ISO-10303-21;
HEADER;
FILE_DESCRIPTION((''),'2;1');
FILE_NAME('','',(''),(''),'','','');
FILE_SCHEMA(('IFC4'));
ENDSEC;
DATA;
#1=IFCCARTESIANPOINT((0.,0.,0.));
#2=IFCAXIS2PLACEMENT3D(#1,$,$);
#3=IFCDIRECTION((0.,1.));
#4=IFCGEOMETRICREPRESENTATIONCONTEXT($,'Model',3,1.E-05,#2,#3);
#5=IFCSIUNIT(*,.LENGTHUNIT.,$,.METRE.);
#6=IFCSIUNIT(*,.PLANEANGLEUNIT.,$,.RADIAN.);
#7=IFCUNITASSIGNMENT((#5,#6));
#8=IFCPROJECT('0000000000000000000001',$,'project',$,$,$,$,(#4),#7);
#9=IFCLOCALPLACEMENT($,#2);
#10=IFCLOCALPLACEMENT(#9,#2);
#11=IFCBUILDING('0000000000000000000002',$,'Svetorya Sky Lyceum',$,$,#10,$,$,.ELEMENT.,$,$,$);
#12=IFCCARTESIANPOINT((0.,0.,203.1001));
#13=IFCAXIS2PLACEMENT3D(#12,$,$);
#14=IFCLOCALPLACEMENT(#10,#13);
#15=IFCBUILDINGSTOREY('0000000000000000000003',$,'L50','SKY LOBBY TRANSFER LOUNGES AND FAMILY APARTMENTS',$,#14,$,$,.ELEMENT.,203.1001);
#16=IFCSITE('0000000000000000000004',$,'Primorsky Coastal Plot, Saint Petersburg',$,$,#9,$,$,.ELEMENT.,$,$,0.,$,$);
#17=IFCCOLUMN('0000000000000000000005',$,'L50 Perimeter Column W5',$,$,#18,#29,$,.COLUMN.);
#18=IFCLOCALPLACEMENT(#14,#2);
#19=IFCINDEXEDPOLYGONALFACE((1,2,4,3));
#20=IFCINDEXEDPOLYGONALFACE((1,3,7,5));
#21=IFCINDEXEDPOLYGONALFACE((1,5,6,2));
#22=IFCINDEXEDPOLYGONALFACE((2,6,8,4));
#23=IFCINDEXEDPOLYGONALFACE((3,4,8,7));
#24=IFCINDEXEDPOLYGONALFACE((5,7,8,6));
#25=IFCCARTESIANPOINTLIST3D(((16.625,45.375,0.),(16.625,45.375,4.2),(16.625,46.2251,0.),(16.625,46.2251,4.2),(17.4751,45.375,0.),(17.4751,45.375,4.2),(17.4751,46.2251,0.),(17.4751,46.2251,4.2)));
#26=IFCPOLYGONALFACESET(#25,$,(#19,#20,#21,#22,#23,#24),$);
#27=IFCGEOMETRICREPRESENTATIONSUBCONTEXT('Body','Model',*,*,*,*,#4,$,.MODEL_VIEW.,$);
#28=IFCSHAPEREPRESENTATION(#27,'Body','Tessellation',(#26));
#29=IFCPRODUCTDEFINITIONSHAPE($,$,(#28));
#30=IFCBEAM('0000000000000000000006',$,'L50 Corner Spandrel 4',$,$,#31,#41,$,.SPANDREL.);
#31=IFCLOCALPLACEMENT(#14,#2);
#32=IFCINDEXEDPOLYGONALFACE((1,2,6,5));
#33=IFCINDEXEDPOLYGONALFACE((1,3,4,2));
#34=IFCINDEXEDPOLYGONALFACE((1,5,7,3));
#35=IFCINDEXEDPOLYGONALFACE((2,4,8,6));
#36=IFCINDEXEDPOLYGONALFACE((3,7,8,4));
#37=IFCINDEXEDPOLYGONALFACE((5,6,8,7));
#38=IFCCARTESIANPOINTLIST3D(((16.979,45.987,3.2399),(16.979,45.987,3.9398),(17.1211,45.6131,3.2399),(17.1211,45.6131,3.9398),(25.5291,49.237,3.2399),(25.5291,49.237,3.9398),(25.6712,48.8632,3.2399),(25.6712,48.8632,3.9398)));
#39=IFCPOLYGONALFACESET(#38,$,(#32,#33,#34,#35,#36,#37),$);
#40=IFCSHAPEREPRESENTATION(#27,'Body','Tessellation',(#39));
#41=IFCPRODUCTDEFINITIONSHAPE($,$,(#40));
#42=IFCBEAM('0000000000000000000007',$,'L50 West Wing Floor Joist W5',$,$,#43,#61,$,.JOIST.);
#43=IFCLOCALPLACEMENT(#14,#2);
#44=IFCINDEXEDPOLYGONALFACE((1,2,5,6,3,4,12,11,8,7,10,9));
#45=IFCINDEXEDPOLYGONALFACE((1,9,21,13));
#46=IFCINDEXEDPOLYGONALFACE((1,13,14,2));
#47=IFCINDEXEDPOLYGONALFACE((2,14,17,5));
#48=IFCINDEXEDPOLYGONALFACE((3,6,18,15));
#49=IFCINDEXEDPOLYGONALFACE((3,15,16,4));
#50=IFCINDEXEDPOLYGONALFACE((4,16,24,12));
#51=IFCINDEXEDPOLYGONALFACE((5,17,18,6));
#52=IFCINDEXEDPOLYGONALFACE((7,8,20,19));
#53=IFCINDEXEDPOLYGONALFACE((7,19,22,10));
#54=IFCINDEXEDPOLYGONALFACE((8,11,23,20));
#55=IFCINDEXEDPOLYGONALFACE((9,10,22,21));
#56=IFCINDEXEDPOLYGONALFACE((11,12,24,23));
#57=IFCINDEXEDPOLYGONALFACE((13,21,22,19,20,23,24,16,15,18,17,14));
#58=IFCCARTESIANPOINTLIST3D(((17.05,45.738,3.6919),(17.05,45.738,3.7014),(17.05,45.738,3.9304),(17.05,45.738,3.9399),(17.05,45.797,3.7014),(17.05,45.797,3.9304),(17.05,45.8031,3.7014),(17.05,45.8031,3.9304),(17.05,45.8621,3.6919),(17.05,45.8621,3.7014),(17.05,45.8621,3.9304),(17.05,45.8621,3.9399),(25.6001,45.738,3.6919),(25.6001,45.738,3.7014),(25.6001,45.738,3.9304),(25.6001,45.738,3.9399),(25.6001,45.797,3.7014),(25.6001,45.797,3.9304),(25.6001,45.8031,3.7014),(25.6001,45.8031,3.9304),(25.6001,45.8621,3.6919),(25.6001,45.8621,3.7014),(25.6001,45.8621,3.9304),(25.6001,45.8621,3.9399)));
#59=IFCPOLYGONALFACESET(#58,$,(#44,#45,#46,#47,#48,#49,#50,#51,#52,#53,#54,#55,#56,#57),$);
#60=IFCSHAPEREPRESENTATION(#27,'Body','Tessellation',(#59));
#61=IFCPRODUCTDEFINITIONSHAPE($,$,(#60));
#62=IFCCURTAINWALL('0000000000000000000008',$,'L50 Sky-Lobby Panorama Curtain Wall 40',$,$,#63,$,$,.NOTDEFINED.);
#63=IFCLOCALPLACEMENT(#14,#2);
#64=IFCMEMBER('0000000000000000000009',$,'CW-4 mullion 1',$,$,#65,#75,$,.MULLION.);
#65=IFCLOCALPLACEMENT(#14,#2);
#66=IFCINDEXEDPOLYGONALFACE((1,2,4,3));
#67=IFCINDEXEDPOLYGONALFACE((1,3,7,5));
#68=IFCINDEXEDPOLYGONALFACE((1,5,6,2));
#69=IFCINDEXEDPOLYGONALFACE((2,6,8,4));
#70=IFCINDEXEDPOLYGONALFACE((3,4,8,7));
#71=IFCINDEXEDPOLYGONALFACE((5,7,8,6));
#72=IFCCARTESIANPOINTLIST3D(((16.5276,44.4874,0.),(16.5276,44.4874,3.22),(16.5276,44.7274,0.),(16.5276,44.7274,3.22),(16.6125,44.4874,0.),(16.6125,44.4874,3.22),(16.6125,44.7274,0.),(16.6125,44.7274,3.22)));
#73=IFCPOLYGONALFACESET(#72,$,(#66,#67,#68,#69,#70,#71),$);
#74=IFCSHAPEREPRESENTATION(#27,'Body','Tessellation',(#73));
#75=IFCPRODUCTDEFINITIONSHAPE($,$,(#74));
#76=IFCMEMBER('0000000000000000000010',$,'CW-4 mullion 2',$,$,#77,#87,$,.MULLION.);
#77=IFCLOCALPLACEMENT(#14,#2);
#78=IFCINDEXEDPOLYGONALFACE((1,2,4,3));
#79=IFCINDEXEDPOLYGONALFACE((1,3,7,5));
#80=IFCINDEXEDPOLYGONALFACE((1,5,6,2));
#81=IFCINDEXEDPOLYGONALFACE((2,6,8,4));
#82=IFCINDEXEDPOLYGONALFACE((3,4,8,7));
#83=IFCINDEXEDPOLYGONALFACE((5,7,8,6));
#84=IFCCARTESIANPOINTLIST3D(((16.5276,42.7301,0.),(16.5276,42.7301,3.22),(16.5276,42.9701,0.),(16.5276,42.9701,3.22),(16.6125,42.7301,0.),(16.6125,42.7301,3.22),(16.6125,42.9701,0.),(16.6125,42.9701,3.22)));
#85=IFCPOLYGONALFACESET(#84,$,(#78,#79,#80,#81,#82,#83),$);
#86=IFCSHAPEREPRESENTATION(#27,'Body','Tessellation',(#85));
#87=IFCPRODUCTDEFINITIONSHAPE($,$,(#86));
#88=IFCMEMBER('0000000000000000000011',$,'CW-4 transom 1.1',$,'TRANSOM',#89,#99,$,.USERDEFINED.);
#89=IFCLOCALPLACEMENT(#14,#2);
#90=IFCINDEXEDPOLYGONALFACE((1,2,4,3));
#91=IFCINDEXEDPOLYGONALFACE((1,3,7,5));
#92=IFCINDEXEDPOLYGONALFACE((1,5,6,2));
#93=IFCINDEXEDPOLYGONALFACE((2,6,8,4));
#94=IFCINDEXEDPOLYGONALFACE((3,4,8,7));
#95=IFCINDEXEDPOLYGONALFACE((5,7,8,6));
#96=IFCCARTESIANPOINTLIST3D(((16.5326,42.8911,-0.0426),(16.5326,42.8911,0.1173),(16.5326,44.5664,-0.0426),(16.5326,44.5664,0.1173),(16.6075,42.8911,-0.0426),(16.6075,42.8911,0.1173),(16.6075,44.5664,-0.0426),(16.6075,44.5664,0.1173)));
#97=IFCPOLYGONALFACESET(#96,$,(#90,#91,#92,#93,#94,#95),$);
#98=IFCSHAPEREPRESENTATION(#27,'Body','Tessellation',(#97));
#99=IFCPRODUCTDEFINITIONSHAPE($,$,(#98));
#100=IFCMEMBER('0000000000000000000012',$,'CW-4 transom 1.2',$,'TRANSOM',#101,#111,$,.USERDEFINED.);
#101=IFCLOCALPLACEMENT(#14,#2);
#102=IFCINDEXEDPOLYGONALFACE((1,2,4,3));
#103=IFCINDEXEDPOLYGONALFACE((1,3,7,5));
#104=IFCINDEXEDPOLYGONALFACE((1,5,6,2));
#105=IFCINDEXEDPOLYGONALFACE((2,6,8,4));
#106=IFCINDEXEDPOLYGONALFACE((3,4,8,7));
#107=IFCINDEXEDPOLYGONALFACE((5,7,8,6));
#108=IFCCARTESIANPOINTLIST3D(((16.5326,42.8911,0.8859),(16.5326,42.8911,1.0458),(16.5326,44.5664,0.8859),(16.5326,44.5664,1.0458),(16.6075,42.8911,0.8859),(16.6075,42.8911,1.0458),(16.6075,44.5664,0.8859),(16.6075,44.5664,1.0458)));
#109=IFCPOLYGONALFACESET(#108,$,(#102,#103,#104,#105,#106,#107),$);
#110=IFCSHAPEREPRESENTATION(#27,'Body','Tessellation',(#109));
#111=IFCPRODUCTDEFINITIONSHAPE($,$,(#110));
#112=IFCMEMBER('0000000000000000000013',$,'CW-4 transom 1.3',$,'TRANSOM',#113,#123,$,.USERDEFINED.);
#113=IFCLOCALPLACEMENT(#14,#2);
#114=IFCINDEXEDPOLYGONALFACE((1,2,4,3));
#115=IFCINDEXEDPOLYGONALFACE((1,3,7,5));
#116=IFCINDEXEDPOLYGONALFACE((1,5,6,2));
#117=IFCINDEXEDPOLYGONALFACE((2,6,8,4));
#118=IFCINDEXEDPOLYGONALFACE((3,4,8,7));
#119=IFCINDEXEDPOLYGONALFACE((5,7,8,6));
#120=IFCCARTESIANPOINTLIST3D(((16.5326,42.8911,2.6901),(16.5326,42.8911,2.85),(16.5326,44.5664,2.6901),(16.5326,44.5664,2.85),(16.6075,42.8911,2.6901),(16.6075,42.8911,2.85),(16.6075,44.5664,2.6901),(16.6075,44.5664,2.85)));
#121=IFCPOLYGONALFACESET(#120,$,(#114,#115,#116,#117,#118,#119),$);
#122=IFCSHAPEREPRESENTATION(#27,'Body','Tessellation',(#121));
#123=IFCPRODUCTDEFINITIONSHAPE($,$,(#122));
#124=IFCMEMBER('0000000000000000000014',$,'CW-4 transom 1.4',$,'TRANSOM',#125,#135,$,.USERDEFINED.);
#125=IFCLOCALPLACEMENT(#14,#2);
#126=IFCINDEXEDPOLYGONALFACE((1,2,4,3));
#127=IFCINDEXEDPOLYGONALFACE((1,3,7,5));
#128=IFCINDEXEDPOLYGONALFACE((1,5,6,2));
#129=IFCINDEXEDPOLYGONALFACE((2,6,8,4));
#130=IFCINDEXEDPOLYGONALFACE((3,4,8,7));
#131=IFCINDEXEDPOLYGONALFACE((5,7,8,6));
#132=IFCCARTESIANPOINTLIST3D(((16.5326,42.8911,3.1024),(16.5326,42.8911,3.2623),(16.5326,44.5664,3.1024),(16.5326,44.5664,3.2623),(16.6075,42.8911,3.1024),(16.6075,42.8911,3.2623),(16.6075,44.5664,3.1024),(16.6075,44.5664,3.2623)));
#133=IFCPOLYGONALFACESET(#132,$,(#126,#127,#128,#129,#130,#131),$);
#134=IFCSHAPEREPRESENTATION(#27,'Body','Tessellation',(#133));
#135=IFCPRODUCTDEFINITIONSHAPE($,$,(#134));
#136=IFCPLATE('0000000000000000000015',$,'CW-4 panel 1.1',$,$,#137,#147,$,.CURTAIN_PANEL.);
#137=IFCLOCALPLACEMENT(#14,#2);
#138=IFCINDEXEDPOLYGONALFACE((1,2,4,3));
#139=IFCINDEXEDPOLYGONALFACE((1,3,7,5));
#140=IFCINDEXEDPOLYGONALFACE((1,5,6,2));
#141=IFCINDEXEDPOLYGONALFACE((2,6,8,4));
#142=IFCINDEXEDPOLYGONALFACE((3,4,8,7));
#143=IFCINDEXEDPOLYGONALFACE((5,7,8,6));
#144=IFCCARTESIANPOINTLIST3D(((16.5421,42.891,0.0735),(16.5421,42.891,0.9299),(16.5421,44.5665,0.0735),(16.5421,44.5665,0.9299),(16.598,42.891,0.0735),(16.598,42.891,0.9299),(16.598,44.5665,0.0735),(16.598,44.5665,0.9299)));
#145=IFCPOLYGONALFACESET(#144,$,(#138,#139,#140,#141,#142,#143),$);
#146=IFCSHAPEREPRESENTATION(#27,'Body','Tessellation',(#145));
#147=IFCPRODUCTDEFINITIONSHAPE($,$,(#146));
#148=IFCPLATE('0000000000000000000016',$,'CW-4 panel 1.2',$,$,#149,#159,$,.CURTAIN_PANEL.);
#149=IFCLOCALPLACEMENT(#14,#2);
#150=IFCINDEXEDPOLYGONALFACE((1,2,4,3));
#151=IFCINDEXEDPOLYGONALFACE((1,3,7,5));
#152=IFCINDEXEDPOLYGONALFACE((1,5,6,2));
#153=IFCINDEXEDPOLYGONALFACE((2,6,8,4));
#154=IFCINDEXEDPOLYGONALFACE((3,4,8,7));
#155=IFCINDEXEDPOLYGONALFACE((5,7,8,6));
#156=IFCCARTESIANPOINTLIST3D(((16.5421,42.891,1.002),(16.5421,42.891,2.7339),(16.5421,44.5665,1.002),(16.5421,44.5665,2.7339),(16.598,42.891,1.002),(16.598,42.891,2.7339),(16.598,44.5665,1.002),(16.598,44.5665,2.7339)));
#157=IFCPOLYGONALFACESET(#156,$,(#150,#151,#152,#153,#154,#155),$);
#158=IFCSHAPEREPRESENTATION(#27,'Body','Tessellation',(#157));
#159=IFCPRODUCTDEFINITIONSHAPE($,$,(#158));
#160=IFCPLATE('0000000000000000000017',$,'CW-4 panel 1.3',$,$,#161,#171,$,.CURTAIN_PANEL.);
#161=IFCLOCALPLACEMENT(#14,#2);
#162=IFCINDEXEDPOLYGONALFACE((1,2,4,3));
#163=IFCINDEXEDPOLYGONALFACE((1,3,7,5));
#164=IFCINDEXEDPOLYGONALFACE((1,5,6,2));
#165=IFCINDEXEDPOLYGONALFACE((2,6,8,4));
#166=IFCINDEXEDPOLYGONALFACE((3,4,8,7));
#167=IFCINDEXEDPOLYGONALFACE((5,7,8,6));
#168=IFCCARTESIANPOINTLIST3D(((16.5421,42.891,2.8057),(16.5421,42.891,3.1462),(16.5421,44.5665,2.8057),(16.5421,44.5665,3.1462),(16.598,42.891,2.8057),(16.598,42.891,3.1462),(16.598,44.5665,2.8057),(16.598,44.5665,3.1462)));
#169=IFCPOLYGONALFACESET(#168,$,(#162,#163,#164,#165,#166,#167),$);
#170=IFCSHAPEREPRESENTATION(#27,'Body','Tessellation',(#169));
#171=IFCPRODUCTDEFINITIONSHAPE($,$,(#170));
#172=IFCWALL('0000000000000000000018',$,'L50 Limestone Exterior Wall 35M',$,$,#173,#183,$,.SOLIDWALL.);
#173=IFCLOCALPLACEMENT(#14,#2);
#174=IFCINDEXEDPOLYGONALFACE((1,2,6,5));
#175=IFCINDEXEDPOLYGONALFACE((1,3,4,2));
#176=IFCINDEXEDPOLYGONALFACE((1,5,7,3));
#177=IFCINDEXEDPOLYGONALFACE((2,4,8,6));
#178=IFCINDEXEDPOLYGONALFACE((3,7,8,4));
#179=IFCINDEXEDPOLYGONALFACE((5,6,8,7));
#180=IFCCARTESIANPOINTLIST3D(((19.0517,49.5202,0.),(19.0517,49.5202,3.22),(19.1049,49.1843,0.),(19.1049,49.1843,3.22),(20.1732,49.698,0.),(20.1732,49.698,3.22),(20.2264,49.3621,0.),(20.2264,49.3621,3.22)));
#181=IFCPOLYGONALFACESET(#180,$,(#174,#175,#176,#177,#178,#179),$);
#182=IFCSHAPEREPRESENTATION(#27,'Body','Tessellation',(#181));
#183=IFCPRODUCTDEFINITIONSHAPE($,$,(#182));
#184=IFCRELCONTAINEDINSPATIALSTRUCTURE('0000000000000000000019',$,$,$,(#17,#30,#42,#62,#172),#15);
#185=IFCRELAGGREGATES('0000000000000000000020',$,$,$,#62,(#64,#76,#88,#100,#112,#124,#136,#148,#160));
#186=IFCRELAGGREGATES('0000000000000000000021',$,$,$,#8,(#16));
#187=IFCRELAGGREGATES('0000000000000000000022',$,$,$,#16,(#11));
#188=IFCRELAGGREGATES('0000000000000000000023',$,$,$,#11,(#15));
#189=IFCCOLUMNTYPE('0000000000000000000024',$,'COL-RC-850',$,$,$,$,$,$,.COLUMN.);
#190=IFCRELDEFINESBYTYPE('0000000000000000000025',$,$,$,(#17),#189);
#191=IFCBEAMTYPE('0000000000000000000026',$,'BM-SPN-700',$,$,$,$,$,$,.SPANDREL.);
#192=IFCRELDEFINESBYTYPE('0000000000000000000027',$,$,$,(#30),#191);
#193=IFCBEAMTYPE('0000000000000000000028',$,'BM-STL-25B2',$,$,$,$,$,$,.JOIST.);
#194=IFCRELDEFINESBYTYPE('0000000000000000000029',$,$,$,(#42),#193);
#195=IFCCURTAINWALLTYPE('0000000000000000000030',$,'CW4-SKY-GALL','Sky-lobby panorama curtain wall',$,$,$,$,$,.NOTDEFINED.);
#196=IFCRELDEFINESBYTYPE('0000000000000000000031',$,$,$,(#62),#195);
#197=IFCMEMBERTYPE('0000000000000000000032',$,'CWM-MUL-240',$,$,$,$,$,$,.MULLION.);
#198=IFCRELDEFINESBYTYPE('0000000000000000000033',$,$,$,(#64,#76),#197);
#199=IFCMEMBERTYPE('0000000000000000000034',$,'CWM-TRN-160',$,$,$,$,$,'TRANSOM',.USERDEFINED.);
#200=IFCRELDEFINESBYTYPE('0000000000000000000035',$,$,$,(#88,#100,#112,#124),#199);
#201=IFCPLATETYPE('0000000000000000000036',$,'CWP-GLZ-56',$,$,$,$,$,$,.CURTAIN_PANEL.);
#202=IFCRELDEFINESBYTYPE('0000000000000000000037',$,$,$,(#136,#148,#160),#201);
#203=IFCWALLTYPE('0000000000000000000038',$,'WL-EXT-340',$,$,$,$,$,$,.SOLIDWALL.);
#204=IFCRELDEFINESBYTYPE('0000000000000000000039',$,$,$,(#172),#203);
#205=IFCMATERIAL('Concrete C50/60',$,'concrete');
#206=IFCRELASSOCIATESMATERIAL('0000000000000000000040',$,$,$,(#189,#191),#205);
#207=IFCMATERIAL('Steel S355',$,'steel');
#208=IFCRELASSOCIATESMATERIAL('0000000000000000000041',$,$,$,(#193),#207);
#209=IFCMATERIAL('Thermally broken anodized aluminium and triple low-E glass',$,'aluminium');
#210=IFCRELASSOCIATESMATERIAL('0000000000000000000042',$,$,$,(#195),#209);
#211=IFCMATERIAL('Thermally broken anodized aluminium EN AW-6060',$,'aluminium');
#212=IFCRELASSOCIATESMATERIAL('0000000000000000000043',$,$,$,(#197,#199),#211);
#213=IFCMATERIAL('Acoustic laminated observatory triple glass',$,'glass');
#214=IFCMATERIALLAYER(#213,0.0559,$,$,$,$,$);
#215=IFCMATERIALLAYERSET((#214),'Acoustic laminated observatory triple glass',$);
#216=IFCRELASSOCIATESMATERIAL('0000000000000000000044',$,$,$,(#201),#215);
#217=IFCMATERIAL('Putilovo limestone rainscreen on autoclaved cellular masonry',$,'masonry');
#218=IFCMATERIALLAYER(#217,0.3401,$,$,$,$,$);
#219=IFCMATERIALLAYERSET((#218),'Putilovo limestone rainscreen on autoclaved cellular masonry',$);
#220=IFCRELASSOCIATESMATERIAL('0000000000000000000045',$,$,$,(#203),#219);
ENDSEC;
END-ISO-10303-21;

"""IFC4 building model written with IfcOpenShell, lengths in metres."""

from ifc_helpers import new_model, si_unit, direction, frame, frame_2d, origin, origin_2d, place, context, subcontext, project, spatial, rectangle, i_section, extrude, material, layer, layer_set, material_profile, profile_set, type_object, element, aggregate, save


model = new_model("IFC4")

# Units and contexts
model_context = context("Model", 3, precision=1e-05, world=origin(), true_north=direction((0.0, 1.0)))
body_context = subcontext(model_context, "Body", "Model", "MODEL_VIEW")
ifc_project = project(units=[si_unit("LENGTHUNIT", "METRE"), si_unit("PLANEANGLEUNIT", "RADIAN")], contexts=[model_context])

# Site, building, storey
site_placement = place(None, origin())
site = spatial("IfcSite", under=ifc_project, at=site_placement, Name="Primorsky Coastal Plot, Saint Petersburg", CompositionType="ELEMENT", RefElevation=0.0)
building_placement = place(site_placement, origin())
building = spatial("IfcBuilding", under=site, at=building_placement, Name="Svetorya Sky Lyceum", CompositionType="ELEMENT")
storey_placement = place(building_placement, frame((0.0, 0.0, 203.1001)))
storey = spatial("IfcBuildingStorey", under=building, at=storey_placement, Name="L50", Description="SKY LOBBY TRANSFER LOUNGES AND FAMILY APARTMENTS", CompositionType="ELEMENT", Elevation=203.1001)

# Column
ifc_material_1 = material(Name="Concrete C50/60", Category="concrete")
ifc_material_profile_1 = material_profile(ifc_material_1, rectangle(XDim=0.8501, YDim=0.8501, at=origin_2d()), Name="RC COL 850x850")
ifc_profile_set_1 = profile_set([ifc_material_profile_1], Name="Concrete C50/60")
column_type = type_object("IfcColumnType", Name="COL-RC-850", PredefinedType="COLUMN", material=ifc_profile_set_1)
column_placement = place(storey_placement, frame((17.05, 45.8, 0.0), z_axis=(0.0, 0.0, 1.0), x_axis=(1.0, 0.0, 0.0)))
element("IfcColumn", 1, at=column_placement, inside=storey, type_object=column_type, Name="L50 Perimeter Column W5", PredefinedType="COLUMN", context=body_context, shape_type="SweptSolid", body=[
    extrude(rectangle(XDim=0.8501, YDim=0.8501, at=origin_2d()), origin(), (0.0, 0.0, 1.0), 4.2),
])

# Beams
ifc_material_profile_2 = material_profile(ifc_material_1, rectangle(XDim=0.3999, YDim=0.7, at=origin_2d()), Name="RC SPANDREL 400x700")
ifc_profile_set_2 = profile_set([ifc_material_profile_2], Name="Concrete C50/60")
beam_type_1 = type_object("IfcBeamType", Name="BM-SPN-700", PredefinedType="SPANDREL", material=ifc_profile_set_2)
beam_1_placement = place(storey_placement, frame((17.05, 45.8, 3.5898), z_axis=(0.934748, 0.355312, 0.0), x_axis=(-0.355312, 0.934748, 0.0)))
element("IfcBeam", 2, at=beam_1_placement, inside=storey, type_object=beam_type_1, Name="L50 Corner Spandrel 4", PredefinedType="SPANDREL", context=body_context, shape_type="SweptSolid", body=[
    extrude(rectangle(XDim=0.3999, YDim=0.7, at=origin_2d()), origin(), (0.0, 0.0, 1.0), 9.147),
])
ifc_material_2 = material(Name="Steel S355", Category="steel")
ifc_material_profile_3 = material_profile(ifc_material_2, i_section(OverallWidth=0.124, OverallDepth=0.248, WebThickness=0.0061, FlangeThickness=0.0095, at=origin_2d()), Name="GOST 25B2")
ifc_profile_set_3 = profile_set([ifc_material_profile_3], Name="Steel S355")
beam_type_2 = type_object("IfcBeamType", Name="BM-STL-25B2", PredefinedType="JOIST", material=ifc_profile_set_3)
beam_2_placement = place(storey_placement, frame((17.05, 45.8, 3.8159), z_axis=(1.0, 0.0, 0.0), x_axis=(0.0, 1.0, 0.0)))
element("IfcBeam", 3, at=beam_2_placement, inside=storey, type_object=beam_type_2, Name="L50 West Wing Floor Joist W5", PredefinedType="JOIST", context=body_context, shape_type="SweptSolid", body=[
    extrude(i_section(OverallWidth=0.124, OverallDepth=0.248, WebThickness=0.0061, FlangeThickness=0.0095, at=origin_2d()), origin(), (0.0, 0.0, 1.0), 8.55),
])

# Curtain wall, members, plates
ifc_material_3 = material(Name="Thermally broken anodized aluminium and triple low-E glass", Category="aluminium")
curtain_wall_type = type_object("IfcCurtainWallType", Name="CW4-SKY-GALL", Description="Sky-lobby panorama curtain wall", PredefinedType="NOTDEFINED", material=ifc_material_3)
curtain_wall_placement = place(storey_placement, origin())
curtain_wall = element("IfcCurtainWall", 4, at=curtain_wall_placement, inside=storey, type_object=curtain_wall_type, Name="L50 Sky-Lobby Panorama Curtain Wall 40", PredefinedType="NOTDEFINED")
ifc_material_4 = material(Name="Thermally broken anodized aluminium EN AW-6060", Category="aluminium")
ifc_material_profile_4 = material_profile(ifc_material_4, rectangle(XDim=0.085, YDim=0.24, at=origin_2d()), Name="ALU MULLION 85x240")
ifc_profile_set_4 = profile_set([ifc_material_profile_4], Name="Thermally broken anodized aluminium EN AW-6060")
member_type_1 = type_object("IfcMemberType", Name="CWM-MUL-240", PredefinedType="MULLION", material=ifc_profile_set_4)
member_1_placement = place(storey_placement, frame((16.5701, 44.6074, 0.0), z_axis=(0.0, 0.0, 1.0), x_axis=(1.0, 0.0, 0.0)))
member_1 = element("IfcMember", 5, at=member_1_placement, type_object=member_type_1, Name="CW-4 mullion 1", PredefinedType="MULLION", context=body_context, shape_type="SweptSolid", body=[
    extrude(rectangle(XDim=0.085, YDim=0.24, at=origin_2d()), origin(), (0.0, 0.0, 1.0), 3.22),
])
member_2_placement = place(storey_placement, frame((16.5701, 42.8501, 0.0), z_axis=(0.0, 0.0, 1.0), x_axis=(1.0, 0.0, 0.0)))
member_2 = element("IfcMember", 6, at=member_2_placement, type_object=member_type_1, Name="CW-4 mullion 2", PredefinedType="MULLION", context=body_context, shape_type="SweptSolid", body=[
    extrude(rectangle(XDim=0.085, YDim=0.24, at=origin_2d()), origin(), (0.0, 0.0, 1.0), 3.22),
])
ifc_material_profile_5 = material_profile(ifc_material_4, rectangle(XDim=0.075, YDim=0.1599, at=origin_2d()), Name="ALU TRANSOM 75x160")
ifc_profile_set_5 = profile_set([ifc_material_profile_5], Name="Thermally broken anodized aluminium EN AW-6060")
member_type_2 = type_object("IfcMemberType", Name="CWM-TRN-160", ElementType="TRANSOM", PredefinedType="USERDEFINED", material=ifc_profile_set_5)
member_3_placement = place(storey_placement, frame((16.5701, 44.5664, 0.0374), z_axis=(0.0, -1.0, 0.0), x_axis=(1.0, 0.0, 0.0)))
member_3 = element("IfcMember", 7, at=member_3_placement, type_object=member_type_2, Name="CW-4 transom 1.1", ObjectType="TRANSOM", PredefinedType="USERDEFINED", context=body_context, shape_type="SweptSolid", body=[
    extrude(rectangle(XDim=0.075, YDim=0.1599, at=origin_2d()), origin(), (0.0, 0.0, 1.0), 1.6753),
])
member_4_placement = place(storey_placement, frame((16.5701, 44.5664, 0.9658), z_axis=(0.0, -1.0, 0.0), x_axis=(1.0, 0.0, 0.0)))
member_4 = element("IfcMember", 8, at=member_4_placement, type_object=member_type_2, Name="CW-4 transom 1.2", ObjectType="TRANSOM", PredefinedType="USERDEFINED", context=body_context, shape_type="SweptSolid", body=[
    extrude(rectangle(XDim=0.075, YDim=0.1599, at=origin_2d()), origin(), (0.0, 0.0, 1.0), 1.6753),
])
member_5_placement = place(storey_placement, frame((16.5701, 44.5664, 2.77), z_axis=(0.0, -1.0, 0.0), x_axis=(1.0, 0.0, 0.0)))
member_5 = element("IfcMember", 9, at=member_5_placement, type_object=member_type_2, Name="CW-4 transom 1.3", ObjectType="TRANSOM", PredefinedType="USERDEFINED", context=body_context, shape_type="SweptSolid", body=[
    extrude(rectangle(XDim=0.075, YDim=0.1599, at=origin_2d()), origin(), (0.0, 0.0, 1.0), 1.6753),
])
member_6_placement = place(storey_placement, frame((16.5701, 44.5664, 3.1824), z_axis=(0.0, -1.0, 0.0), x_axis=(1.0, 0.0, 0.0)))
member_6 = element("IfcMember", 10, at=member_6_placement, type_object=member_type_2, Name="CW-4 transom 1.4", ObjectType="TRANSOM", PredefinedType="USERDEFINED", context=body_context, shape_type="SweptSolid", body=[
    extrude(rectangle(XDim=0.075, YDim=0.1599, at=origin_2d()), origin(), (0.0, 0.0, 1.0), 1.6753),
])
ifc_material_5 = material(Name="Acoustic laminated observatory triple glass", Category="glass")
ifc_layer_1 = layer(ifc_material_5, 0.0559)
ifc_layer_set_1 = layer_set([ifc_layer_1], Name="Acoustic laminated observatory triple glass")
plate_type = type_object("IfcPlateType", Name="CWP-GLZ-56", PredefinedType="CURTAIN_PANEL", material=ifc_layer_set_1)
plate_1_placement = place(storey_placement, frame((16.5701, 43.7288, 0.0735), z_axis=(0.0, 0.0, 1.0), x_axis=(0.0, -1.0, 0.0)))
plate_1 = element("IfcPlate", 11, at=plate_1_placement, type_object=plate_type, Name="CW-4 panel 1.1", PredefinedType="CURTAIN_PANEL", context=body_context, shape_type="SweptSolid", body=[
    extrude(rectangle(XDim=1.6755, YDim=0.0559, at=origin_2d()), origin(), (0.0, 0.0, 1.0), 0.8564),
])
plate_2_placement = place(storey_placement, frame((16.5701, 43.7288, 1.002), z_axis=(0.0, 0.0, 1.0), x_axis=(0.0, -1.0, 0.0)))
plate_2 = element("IfcPlate", 12, at=plate_2_placement, type_object=plate_type, Name="CW-4 panel 1.2", PredefinedType="CURTAIN_PANEL", context=body_context, shape_type="SweptSolid", body=[
    extrude(rectangle(XDim=1.6755, YDim=0.0559, at=origin_2d()), origin(), (0.0, 0.0, 1.0), 1.7319),
])
plate_3_placement = place(storey_placement, frame((16.5701, 43.7288, 2.8057), z_axis=(0.0, 0.0, 1.0), x_axis=(0.0, -1.0, 0.0)))
plate_3 = element("IfcPlate", 13, at=plate_3_placement, type_object=plate_type, Name="CW-4 panel 1.3", PredefinedType="CURTAIN_PANEL", context=body_context, shape_type="SweptSolid", body=[
    extrude(rectangle(XDim=1.6755, YDim=0.0559, at=origin_2d()), origin(), (0.0, 0.0, 1.0), 0.3406),
])
aggregate(curtain_wall, [member_1, member_2, member_3, member_4, member_5, member_6, plate_1, plate_2, plate_3])

# Wall
ifc_material_6 = material(Name="Putilovo limestone rainscreen on autoclaved cellular masonry", Category="masonry")
ifc_layer_2 = layer(ifc_material_6, 0.3401)
ifc_layer_set_2 = layer_set([ifc_layer_2], Name="Putilovo limestone rainscreen on autoclaved cellular masonry")
wall_type_1 = type_object("IfcWallType", Name="WL-EXT-340", PredefinedType="SOLIDWALL", material=ifc_layer_set_2)
wall_1_placement = place(storey_placement, frame((20.2, 49.53, 0.0), z_axis=(0.0, 0.0, 1.0), x_axis=(-0.987676, -0.156515, 0.0)))
element("IfcWall", 14, at=wall_1_placement, inside=storey, type_object=wall_type_1, Name="L50 Limestone Exterior Wall 35M", PredefinedType="SOLIDWALL", context=body_context, shape_type="SweptSolid", body=[
    extrude(rectangle(XDim=1.1355, YDim=0.3401, at=frame_2d((0.5679, 0.0))), origin(), (0.0, 0.0, 1.0), 3.22),
])

save(model, "model.ifc")
